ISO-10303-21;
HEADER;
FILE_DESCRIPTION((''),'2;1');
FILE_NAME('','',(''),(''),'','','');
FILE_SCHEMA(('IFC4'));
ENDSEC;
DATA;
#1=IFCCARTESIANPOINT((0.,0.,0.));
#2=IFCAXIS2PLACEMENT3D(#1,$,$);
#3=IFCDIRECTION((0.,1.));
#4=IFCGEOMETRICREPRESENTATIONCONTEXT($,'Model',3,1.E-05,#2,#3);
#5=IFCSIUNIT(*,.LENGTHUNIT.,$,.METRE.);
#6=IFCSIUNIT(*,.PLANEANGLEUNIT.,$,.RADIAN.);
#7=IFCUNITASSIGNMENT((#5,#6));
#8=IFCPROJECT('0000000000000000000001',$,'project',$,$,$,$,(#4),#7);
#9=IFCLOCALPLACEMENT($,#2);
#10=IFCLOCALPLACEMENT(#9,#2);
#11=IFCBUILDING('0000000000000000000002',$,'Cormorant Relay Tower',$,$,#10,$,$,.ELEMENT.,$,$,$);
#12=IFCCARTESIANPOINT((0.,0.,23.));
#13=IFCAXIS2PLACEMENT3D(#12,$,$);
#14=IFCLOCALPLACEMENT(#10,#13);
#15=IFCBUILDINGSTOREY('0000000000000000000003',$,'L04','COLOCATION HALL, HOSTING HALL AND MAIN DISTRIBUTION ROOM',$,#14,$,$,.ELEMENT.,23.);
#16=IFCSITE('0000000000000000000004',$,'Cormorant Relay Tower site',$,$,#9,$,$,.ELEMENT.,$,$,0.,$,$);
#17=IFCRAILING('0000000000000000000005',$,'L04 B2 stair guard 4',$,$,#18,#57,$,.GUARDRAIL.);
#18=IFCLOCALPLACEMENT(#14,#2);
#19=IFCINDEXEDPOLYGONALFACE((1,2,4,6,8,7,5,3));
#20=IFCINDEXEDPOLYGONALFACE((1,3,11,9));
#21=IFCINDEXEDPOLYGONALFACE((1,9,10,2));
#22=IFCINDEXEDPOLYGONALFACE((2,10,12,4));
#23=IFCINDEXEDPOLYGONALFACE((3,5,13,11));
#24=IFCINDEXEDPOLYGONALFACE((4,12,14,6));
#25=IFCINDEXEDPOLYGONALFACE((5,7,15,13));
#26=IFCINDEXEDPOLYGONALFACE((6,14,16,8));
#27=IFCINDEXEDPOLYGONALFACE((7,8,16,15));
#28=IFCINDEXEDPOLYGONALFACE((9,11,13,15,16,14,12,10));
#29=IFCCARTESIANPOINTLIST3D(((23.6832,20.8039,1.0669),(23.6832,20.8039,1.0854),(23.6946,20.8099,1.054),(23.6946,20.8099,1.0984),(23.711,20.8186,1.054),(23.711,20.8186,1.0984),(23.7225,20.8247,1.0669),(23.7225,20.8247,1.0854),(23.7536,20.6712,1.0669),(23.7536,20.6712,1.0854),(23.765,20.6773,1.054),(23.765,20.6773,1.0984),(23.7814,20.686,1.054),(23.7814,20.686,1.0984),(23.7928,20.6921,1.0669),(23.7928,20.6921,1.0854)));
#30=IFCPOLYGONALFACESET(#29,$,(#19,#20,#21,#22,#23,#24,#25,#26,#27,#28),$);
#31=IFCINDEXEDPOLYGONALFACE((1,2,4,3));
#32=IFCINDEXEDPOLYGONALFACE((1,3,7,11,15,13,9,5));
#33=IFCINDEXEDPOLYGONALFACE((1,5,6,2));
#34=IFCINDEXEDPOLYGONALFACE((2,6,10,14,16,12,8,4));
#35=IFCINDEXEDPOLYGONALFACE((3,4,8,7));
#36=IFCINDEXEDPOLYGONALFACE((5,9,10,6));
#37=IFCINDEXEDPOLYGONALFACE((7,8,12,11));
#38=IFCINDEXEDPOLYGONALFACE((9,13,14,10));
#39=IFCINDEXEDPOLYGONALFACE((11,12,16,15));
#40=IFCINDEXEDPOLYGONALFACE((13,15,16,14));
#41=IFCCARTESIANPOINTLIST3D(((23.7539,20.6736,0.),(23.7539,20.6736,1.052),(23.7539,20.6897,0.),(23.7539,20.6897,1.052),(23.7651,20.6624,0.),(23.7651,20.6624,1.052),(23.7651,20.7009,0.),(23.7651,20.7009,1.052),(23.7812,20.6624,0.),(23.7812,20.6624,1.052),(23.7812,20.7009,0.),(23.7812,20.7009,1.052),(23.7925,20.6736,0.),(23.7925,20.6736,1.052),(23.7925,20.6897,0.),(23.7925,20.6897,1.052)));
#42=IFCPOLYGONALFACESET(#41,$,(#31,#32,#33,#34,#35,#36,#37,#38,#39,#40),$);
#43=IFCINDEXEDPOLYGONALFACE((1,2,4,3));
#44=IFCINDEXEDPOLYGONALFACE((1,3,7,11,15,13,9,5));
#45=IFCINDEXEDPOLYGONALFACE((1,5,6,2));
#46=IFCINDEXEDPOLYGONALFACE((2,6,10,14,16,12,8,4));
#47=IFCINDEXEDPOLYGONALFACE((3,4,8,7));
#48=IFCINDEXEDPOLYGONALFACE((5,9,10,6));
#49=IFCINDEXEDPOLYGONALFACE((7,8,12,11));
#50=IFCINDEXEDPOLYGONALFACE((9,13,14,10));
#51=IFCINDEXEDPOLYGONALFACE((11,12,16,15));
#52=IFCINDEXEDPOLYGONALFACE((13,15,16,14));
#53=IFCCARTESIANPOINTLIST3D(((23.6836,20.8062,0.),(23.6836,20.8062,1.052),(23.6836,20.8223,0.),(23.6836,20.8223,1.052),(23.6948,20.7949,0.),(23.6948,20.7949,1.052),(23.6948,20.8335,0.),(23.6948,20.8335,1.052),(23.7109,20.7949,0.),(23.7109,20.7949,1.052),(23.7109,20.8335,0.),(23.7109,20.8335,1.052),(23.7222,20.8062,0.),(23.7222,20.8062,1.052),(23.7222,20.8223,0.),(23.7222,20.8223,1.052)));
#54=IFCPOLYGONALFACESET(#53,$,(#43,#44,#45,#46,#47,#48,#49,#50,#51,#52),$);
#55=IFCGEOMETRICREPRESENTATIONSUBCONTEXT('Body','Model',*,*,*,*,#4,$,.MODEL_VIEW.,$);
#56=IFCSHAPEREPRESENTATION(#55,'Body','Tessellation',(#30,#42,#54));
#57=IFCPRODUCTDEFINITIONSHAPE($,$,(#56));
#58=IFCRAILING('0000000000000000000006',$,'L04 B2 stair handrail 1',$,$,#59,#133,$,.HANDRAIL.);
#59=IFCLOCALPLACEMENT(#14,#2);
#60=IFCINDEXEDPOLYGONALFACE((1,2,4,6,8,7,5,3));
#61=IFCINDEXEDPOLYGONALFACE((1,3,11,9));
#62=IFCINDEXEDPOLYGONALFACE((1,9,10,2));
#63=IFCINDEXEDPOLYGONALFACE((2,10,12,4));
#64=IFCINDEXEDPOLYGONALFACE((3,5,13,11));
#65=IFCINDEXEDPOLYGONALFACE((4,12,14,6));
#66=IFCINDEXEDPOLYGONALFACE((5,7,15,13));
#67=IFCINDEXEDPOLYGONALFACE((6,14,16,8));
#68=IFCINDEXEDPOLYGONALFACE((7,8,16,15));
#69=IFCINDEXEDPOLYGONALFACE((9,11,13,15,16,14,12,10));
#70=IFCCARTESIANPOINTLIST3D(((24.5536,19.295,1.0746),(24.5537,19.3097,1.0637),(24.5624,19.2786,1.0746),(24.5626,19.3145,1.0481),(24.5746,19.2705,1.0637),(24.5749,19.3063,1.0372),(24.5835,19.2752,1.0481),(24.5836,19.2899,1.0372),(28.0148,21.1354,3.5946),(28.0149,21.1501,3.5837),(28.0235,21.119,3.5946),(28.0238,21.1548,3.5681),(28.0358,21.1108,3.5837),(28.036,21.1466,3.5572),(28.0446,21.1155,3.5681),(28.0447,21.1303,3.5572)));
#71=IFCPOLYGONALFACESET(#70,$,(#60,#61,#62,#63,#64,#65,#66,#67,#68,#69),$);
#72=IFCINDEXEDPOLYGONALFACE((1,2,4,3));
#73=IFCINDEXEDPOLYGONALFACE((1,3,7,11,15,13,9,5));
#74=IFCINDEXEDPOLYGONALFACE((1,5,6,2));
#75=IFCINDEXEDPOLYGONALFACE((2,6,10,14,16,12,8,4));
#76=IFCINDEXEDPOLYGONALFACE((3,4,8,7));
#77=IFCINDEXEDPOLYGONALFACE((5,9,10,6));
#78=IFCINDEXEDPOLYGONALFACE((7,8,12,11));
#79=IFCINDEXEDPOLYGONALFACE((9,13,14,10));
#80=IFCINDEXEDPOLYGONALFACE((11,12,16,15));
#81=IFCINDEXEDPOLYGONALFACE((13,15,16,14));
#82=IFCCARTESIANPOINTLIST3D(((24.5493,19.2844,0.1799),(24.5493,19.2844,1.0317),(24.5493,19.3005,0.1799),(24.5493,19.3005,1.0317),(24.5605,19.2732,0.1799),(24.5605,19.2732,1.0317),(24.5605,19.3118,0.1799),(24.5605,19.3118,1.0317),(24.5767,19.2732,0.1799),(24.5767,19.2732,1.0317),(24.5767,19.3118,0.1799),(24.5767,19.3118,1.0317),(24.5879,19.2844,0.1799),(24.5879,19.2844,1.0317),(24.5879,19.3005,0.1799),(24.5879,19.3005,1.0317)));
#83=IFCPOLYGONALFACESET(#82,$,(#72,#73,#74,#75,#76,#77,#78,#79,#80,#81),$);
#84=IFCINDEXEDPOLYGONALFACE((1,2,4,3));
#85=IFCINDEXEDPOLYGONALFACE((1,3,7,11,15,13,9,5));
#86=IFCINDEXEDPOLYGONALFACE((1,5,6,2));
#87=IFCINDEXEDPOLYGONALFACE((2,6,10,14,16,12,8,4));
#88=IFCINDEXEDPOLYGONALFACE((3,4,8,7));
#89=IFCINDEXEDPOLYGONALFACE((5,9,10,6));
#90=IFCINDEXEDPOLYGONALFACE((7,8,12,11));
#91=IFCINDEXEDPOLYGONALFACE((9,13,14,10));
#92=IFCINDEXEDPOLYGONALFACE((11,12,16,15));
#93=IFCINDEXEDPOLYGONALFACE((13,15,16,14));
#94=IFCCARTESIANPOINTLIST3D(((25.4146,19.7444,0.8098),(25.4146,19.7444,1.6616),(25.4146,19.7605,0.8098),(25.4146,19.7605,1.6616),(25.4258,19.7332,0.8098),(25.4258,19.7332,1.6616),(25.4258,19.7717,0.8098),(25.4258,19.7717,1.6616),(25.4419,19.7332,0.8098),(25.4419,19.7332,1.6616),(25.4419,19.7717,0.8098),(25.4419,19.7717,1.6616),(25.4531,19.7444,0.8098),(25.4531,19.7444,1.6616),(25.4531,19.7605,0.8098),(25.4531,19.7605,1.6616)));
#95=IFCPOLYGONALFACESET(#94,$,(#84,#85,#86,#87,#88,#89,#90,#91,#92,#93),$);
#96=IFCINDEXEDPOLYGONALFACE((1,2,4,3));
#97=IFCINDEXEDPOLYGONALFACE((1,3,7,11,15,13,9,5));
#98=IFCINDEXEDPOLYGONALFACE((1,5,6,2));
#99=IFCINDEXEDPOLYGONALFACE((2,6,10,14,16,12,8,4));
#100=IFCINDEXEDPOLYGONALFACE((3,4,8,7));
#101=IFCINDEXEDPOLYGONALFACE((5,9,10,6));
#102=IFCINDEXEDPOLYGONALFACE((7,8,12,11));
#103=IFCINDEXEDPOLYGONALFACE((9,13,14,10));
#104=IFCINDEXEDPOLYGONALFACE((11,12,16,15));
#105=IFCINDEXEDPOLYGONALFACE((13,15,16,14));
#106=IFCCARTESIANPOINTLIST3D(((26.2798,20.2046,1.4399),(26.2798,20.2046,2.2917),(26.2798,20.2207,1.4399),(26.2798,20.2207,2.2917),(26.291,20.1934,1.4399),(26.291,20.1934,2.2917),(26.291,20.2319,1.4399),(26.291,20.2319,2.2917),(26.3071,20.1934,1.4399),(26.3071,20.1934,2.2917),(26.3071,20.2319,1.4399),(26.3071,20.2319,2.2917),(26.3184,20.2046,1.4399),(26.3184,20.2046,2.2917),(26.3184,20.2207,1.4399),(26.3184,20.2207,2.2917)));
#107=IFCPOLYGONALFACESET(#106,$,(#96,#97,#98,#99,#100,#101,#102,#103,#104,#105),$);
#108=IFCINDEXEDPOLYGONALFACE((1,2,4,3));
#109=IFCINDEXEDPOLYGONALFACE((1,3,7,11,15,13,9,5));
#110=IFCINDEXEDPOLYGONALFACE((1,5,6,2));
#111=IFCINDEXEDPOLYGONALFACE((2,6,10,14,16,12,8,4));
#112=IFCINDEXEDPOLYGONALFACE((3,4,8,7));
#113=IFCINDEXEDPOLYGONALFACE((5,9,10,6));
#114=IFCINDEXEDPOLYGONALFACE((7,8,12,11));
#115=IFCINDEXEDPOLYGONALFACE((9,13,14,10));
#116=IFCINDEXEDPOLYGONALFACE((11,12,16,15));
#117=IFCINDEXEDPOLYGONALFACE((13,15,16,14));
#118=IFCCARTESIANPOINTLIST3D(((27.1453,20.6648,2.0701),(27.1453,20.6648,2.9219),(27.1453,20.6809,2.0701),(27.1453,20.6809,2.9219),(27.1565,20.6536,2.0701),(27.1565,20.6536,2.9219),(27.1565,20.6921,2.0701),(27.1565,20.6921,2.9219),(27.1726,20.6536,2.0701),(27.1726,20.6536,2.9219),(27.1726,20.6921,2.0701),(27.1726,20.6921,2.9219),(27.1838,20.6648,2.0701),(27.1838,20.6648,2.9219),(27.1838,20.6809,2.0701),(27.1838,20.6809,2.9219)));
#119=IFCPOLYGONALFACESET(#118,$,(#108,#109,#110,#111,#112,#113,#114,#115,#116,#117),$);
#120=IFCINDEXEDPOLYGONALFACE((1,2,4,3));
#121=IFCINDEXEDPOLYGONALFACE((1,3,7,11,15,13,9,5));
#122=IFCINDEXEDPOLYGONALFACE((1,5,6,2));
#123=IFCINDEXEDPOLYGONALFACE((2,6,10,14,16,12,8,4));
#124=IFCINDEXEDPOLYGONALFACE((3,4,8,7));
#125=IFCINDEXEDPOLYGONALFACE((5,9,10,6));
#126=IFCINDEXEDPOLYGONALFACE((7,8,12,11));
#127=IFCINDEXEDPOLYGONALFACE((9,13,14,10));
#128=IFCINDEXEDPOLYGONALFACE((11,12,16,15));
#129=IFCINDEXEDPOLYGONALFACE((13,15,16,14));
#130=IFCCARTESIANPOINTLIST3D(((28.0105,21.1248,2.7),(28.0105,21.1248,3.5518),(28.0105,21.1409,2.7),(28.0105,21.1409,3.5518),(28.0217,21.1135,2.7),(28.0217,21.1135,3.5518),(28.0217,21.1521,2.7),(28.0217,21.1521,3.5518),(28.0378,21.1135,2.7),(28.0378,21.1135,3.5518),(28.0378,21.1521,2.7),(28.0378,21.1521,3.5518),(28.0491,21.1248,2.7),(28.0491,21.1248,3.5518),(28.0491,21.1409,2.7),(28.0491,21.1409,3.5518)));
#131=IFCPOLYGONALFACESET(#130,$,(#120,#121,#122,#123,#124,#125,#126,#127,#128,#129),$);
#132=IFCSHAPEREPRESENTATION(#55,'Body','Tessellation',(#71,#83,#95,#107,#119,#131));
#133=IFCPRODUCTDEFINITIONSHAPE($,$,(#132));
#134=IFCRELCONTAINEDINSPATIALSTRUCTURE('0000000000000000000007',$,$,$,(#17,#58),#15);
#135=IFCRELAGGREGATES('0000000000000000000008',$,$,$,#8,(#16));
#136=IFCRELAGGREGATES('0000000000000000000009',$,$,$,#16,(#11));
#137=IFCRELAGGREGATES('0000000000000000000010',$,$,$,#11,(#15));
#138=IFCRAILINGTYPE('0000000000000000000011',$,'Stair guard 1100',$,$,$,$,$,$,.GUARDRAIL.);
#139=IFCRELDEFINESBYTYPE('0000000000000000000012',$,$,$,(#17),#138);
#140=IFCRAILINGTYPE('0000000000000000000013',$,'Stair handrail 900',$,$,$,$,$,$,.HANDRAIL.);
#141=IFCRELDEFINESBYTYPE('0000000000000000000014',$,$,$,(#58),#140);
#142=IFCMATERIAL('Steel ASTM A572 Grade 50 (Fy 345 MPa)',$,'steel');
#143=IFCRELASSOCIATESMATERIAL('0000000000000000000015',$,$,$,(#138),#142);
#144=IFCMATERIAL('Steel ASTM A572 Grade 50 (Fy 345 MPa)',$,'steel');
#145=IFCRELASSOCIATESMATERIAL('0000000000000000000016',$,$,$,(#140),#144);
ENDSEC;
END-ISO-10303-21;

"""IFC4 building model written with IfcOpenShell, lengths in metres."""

from ifc_helpers import new_model, si_unit, direction, frame, origin, place, context, subcontext, project, spatial, polyline, outline, extrude, material, type_object, element, save


model = new_model("IFC4")

# Units and contexts
model_context = context("Model", 3, precision=1e-05, world=origin(), true_north=direction((0.0, 1.0)))
body_context = subcontext(model_context, "Body", "Model", "MODEL_VIEW")
ifc_project = project(units=[si_unit("LENGTHUNIT", "METRE"), si_unit("PLANEANGLEUNIT", "RADIAN")], contexts=[model_context])

# Site, building, storey
site_placement = place(None, origin())
site = spatial("IfcSite", under=ifc_project, at=site_placement, Name="Cormorant Relay Tower site", CompositionType="ELEMENT", RefElevation=0.0)
building_placement = place(site_placement, origin())
building = spatial("IfcBuilding", under=site, at=building_placement, Name="Cormorant Relay Tower", CompositionType="ELEMENT")
storey_placement = place(building_placement, frame((0.0, 0.0, 23.0)))
storey = spatial("IfcBuildingStorey", under=building, at=storey_placement, Name="L04", Description="COLOCATION HALL, HOSTING HALL AND MAIN DISTRIBUTION ROOM", CompositionType="ELEMENT", Elevation=23.0)

# Railings
ifc_material_1 = material(Name="Steel ASTM A572 Grade 50 (Fy 345 MPa)", Category="steel")
railing_type_1 = type_object("IfcRailingType", Name="Stair guard 1100", PredefinedType="GUARDRAIL", material=ifc_material_1)
railing_1_placement = place(storey_placement, frame((23.7732, 20.6816, 0.0)))
element("IfcRailing", 1, at=railing_1_placement, inside=storey, type_object=railing_type_1, Name="L04 B2 stair guard 4", PredefinedType="GUARDRAIL", context=body_context, shape_type="SweptSolid", body=[
    extrude(outline(polyline([(0.0222, 0.0093), (0.0093, 0.0222), (-0.0093, 0.0222), (-0.0222, 0.0093), (-0.0222, -0.0093), (-0.0093, -0.0222), (0.0093, -0.0222), (0.0222, -0.0093), (0.0222, 0.0093)])), frame((0.0, 0.0, 1.0762), z_axis=(-0.46856, 0.883431, 0.0), x_axis=(-0.883431, -0.46856, 0.0)), (0.0, 0.0, 1.0), 0.1501),
    extrude(outline(polyline([(0.0193, 0.0081), (0.0081, 0.0193), (-0.0081, 0.0193), (-0.0193, 0.0081), (-0.0193, -0.0081), (-0.0081, -0.0193), (0.0081, -0.0193), (0.0193, -0.0081), (0.0193, 0.0081)])), origin(), (0.0, 0.0, 1.0), 1.052),
    extrude(outline(polyline([(0.0193, 0.0081), (0.0081, 0.0193), (-0.0081, 0.0193), (-0.0193, 0.0081), (-0.0193, -0.0081), (-0.0081, -0.0193), (0.0081, -0.0193), (0.0193, -0.0081), (0.0193, 0.0081)])), frame((-0.0703, 0.1326, 0.0)), (0.0, 0.0, 1.0), 1.052),
])
ifc_material_2 = material(Name="Steel ASTM A572 Grade 50 (Fy 345 MPa)", Category="steel")
railing_type_2 = type_object("IfcRailingType", Name="Stair handrail 900", PredefinedType="HANDRAIL", material=ifc_material_2)
railing_2_placement = place(storey_placement, frame((24.5686, 19.2925, 0.1799)))
element("IfcRailing", 2, at=railing_2_placement, inside=storey, type_object=railing_type_2, Name="L04 B2 stair handrail 1", PredefinedType="HANDRAIL", context=body_context, shape_type="SweptSolid", body=[
    extrude(outline(polyline([(0.0222, 0.0093), (0.0093, 0.0222), (-0.0093, 0.0222), (-0.0222, 0.0093), (-0.0222, -0.0093), (-0.0093, -0.0222), (0.0093, -0.0222), (0.0222, -0.0093), (0.0222, 0.0093)])), frame((0.0, 0.0, 0.876), z_axis=(0.742717, 0.394907, 0.540758), x_axis=(-0.469469, 0.882949, 0.0)), (0.0, 0.0, 1.0), 4.6602),
    extrude(outline(polyline([(0.0193, 0.0081), (0.0081, 0.0193), (-0.0081, 0.0193), (-0.0193, 0.0081), (-0.0193, -0.0081), (-0.0081, -0.0193), (0.0081, -0.0193), (0.0193, -0.0081), (0.0193, 0.0081)])), origin(), (0.0, 0.0, 1.0), 0.8518),
    extrude(outline(polyline([(0.0193, 0.0081), (0.0081, 0.0193), (-0.0081, 0.0193), (-0.0193, 0.0081), (-0.0193, -0.0081), (-0.0081, -0.0193), (0.0081, -0.0193), (0.0193, -0.0081), (0.0193, 0.0081)])), frame((0.8652, 0.46, 0.6299)), (0.0, 0.0, 1.0), 0.8518),
    extrude(outline(polyline([(0.0193, 0.0081), (0.0081, 0.0193), (-0.0081, 0.0193), (-0.0193, 0.0081), (-0.0193, -0.0081), (-0.0081, -0.0193), (0.0081, -0.0193), (0.0193, -0.0081), (0.0193, 0.0081)])), frame((1.7305, 0.9202, 1.26)), (0.0, 0.0, 1.0), 0.8518),
    extrude(outline(polyline([(0.0193, 0.0081), (0.0081, 0.0193), (-0.0081, 0.0193), (-0.0193, 0.0081), (-0.0193, -0.0081), (-0.0081, -0.0193), (0.0081, -0.0193), (0.0193, -0.0081), (0.0193, 0.0081)])), frame((2.5959, 1.3804, 1.8901)), (0.0, 0.0, 1.0), 0.8518),
    extrude(outline(polyline([(0.0193, 0.0081), (0.0081, 0.0193), (-0.0081, 0.0193), (-0.0193, 0.0081), (-0.0193, -0.0081), (-0.0081, -0.0193), (0.0081, -0.0193), (0.0193, -0.0081), (0.0193, 0.0081)])), frame((3.4612, 1.8403, 2.52)), (0.0, 0.0, 1.0), 0.8518),
])

save(model, "model.ifc")
